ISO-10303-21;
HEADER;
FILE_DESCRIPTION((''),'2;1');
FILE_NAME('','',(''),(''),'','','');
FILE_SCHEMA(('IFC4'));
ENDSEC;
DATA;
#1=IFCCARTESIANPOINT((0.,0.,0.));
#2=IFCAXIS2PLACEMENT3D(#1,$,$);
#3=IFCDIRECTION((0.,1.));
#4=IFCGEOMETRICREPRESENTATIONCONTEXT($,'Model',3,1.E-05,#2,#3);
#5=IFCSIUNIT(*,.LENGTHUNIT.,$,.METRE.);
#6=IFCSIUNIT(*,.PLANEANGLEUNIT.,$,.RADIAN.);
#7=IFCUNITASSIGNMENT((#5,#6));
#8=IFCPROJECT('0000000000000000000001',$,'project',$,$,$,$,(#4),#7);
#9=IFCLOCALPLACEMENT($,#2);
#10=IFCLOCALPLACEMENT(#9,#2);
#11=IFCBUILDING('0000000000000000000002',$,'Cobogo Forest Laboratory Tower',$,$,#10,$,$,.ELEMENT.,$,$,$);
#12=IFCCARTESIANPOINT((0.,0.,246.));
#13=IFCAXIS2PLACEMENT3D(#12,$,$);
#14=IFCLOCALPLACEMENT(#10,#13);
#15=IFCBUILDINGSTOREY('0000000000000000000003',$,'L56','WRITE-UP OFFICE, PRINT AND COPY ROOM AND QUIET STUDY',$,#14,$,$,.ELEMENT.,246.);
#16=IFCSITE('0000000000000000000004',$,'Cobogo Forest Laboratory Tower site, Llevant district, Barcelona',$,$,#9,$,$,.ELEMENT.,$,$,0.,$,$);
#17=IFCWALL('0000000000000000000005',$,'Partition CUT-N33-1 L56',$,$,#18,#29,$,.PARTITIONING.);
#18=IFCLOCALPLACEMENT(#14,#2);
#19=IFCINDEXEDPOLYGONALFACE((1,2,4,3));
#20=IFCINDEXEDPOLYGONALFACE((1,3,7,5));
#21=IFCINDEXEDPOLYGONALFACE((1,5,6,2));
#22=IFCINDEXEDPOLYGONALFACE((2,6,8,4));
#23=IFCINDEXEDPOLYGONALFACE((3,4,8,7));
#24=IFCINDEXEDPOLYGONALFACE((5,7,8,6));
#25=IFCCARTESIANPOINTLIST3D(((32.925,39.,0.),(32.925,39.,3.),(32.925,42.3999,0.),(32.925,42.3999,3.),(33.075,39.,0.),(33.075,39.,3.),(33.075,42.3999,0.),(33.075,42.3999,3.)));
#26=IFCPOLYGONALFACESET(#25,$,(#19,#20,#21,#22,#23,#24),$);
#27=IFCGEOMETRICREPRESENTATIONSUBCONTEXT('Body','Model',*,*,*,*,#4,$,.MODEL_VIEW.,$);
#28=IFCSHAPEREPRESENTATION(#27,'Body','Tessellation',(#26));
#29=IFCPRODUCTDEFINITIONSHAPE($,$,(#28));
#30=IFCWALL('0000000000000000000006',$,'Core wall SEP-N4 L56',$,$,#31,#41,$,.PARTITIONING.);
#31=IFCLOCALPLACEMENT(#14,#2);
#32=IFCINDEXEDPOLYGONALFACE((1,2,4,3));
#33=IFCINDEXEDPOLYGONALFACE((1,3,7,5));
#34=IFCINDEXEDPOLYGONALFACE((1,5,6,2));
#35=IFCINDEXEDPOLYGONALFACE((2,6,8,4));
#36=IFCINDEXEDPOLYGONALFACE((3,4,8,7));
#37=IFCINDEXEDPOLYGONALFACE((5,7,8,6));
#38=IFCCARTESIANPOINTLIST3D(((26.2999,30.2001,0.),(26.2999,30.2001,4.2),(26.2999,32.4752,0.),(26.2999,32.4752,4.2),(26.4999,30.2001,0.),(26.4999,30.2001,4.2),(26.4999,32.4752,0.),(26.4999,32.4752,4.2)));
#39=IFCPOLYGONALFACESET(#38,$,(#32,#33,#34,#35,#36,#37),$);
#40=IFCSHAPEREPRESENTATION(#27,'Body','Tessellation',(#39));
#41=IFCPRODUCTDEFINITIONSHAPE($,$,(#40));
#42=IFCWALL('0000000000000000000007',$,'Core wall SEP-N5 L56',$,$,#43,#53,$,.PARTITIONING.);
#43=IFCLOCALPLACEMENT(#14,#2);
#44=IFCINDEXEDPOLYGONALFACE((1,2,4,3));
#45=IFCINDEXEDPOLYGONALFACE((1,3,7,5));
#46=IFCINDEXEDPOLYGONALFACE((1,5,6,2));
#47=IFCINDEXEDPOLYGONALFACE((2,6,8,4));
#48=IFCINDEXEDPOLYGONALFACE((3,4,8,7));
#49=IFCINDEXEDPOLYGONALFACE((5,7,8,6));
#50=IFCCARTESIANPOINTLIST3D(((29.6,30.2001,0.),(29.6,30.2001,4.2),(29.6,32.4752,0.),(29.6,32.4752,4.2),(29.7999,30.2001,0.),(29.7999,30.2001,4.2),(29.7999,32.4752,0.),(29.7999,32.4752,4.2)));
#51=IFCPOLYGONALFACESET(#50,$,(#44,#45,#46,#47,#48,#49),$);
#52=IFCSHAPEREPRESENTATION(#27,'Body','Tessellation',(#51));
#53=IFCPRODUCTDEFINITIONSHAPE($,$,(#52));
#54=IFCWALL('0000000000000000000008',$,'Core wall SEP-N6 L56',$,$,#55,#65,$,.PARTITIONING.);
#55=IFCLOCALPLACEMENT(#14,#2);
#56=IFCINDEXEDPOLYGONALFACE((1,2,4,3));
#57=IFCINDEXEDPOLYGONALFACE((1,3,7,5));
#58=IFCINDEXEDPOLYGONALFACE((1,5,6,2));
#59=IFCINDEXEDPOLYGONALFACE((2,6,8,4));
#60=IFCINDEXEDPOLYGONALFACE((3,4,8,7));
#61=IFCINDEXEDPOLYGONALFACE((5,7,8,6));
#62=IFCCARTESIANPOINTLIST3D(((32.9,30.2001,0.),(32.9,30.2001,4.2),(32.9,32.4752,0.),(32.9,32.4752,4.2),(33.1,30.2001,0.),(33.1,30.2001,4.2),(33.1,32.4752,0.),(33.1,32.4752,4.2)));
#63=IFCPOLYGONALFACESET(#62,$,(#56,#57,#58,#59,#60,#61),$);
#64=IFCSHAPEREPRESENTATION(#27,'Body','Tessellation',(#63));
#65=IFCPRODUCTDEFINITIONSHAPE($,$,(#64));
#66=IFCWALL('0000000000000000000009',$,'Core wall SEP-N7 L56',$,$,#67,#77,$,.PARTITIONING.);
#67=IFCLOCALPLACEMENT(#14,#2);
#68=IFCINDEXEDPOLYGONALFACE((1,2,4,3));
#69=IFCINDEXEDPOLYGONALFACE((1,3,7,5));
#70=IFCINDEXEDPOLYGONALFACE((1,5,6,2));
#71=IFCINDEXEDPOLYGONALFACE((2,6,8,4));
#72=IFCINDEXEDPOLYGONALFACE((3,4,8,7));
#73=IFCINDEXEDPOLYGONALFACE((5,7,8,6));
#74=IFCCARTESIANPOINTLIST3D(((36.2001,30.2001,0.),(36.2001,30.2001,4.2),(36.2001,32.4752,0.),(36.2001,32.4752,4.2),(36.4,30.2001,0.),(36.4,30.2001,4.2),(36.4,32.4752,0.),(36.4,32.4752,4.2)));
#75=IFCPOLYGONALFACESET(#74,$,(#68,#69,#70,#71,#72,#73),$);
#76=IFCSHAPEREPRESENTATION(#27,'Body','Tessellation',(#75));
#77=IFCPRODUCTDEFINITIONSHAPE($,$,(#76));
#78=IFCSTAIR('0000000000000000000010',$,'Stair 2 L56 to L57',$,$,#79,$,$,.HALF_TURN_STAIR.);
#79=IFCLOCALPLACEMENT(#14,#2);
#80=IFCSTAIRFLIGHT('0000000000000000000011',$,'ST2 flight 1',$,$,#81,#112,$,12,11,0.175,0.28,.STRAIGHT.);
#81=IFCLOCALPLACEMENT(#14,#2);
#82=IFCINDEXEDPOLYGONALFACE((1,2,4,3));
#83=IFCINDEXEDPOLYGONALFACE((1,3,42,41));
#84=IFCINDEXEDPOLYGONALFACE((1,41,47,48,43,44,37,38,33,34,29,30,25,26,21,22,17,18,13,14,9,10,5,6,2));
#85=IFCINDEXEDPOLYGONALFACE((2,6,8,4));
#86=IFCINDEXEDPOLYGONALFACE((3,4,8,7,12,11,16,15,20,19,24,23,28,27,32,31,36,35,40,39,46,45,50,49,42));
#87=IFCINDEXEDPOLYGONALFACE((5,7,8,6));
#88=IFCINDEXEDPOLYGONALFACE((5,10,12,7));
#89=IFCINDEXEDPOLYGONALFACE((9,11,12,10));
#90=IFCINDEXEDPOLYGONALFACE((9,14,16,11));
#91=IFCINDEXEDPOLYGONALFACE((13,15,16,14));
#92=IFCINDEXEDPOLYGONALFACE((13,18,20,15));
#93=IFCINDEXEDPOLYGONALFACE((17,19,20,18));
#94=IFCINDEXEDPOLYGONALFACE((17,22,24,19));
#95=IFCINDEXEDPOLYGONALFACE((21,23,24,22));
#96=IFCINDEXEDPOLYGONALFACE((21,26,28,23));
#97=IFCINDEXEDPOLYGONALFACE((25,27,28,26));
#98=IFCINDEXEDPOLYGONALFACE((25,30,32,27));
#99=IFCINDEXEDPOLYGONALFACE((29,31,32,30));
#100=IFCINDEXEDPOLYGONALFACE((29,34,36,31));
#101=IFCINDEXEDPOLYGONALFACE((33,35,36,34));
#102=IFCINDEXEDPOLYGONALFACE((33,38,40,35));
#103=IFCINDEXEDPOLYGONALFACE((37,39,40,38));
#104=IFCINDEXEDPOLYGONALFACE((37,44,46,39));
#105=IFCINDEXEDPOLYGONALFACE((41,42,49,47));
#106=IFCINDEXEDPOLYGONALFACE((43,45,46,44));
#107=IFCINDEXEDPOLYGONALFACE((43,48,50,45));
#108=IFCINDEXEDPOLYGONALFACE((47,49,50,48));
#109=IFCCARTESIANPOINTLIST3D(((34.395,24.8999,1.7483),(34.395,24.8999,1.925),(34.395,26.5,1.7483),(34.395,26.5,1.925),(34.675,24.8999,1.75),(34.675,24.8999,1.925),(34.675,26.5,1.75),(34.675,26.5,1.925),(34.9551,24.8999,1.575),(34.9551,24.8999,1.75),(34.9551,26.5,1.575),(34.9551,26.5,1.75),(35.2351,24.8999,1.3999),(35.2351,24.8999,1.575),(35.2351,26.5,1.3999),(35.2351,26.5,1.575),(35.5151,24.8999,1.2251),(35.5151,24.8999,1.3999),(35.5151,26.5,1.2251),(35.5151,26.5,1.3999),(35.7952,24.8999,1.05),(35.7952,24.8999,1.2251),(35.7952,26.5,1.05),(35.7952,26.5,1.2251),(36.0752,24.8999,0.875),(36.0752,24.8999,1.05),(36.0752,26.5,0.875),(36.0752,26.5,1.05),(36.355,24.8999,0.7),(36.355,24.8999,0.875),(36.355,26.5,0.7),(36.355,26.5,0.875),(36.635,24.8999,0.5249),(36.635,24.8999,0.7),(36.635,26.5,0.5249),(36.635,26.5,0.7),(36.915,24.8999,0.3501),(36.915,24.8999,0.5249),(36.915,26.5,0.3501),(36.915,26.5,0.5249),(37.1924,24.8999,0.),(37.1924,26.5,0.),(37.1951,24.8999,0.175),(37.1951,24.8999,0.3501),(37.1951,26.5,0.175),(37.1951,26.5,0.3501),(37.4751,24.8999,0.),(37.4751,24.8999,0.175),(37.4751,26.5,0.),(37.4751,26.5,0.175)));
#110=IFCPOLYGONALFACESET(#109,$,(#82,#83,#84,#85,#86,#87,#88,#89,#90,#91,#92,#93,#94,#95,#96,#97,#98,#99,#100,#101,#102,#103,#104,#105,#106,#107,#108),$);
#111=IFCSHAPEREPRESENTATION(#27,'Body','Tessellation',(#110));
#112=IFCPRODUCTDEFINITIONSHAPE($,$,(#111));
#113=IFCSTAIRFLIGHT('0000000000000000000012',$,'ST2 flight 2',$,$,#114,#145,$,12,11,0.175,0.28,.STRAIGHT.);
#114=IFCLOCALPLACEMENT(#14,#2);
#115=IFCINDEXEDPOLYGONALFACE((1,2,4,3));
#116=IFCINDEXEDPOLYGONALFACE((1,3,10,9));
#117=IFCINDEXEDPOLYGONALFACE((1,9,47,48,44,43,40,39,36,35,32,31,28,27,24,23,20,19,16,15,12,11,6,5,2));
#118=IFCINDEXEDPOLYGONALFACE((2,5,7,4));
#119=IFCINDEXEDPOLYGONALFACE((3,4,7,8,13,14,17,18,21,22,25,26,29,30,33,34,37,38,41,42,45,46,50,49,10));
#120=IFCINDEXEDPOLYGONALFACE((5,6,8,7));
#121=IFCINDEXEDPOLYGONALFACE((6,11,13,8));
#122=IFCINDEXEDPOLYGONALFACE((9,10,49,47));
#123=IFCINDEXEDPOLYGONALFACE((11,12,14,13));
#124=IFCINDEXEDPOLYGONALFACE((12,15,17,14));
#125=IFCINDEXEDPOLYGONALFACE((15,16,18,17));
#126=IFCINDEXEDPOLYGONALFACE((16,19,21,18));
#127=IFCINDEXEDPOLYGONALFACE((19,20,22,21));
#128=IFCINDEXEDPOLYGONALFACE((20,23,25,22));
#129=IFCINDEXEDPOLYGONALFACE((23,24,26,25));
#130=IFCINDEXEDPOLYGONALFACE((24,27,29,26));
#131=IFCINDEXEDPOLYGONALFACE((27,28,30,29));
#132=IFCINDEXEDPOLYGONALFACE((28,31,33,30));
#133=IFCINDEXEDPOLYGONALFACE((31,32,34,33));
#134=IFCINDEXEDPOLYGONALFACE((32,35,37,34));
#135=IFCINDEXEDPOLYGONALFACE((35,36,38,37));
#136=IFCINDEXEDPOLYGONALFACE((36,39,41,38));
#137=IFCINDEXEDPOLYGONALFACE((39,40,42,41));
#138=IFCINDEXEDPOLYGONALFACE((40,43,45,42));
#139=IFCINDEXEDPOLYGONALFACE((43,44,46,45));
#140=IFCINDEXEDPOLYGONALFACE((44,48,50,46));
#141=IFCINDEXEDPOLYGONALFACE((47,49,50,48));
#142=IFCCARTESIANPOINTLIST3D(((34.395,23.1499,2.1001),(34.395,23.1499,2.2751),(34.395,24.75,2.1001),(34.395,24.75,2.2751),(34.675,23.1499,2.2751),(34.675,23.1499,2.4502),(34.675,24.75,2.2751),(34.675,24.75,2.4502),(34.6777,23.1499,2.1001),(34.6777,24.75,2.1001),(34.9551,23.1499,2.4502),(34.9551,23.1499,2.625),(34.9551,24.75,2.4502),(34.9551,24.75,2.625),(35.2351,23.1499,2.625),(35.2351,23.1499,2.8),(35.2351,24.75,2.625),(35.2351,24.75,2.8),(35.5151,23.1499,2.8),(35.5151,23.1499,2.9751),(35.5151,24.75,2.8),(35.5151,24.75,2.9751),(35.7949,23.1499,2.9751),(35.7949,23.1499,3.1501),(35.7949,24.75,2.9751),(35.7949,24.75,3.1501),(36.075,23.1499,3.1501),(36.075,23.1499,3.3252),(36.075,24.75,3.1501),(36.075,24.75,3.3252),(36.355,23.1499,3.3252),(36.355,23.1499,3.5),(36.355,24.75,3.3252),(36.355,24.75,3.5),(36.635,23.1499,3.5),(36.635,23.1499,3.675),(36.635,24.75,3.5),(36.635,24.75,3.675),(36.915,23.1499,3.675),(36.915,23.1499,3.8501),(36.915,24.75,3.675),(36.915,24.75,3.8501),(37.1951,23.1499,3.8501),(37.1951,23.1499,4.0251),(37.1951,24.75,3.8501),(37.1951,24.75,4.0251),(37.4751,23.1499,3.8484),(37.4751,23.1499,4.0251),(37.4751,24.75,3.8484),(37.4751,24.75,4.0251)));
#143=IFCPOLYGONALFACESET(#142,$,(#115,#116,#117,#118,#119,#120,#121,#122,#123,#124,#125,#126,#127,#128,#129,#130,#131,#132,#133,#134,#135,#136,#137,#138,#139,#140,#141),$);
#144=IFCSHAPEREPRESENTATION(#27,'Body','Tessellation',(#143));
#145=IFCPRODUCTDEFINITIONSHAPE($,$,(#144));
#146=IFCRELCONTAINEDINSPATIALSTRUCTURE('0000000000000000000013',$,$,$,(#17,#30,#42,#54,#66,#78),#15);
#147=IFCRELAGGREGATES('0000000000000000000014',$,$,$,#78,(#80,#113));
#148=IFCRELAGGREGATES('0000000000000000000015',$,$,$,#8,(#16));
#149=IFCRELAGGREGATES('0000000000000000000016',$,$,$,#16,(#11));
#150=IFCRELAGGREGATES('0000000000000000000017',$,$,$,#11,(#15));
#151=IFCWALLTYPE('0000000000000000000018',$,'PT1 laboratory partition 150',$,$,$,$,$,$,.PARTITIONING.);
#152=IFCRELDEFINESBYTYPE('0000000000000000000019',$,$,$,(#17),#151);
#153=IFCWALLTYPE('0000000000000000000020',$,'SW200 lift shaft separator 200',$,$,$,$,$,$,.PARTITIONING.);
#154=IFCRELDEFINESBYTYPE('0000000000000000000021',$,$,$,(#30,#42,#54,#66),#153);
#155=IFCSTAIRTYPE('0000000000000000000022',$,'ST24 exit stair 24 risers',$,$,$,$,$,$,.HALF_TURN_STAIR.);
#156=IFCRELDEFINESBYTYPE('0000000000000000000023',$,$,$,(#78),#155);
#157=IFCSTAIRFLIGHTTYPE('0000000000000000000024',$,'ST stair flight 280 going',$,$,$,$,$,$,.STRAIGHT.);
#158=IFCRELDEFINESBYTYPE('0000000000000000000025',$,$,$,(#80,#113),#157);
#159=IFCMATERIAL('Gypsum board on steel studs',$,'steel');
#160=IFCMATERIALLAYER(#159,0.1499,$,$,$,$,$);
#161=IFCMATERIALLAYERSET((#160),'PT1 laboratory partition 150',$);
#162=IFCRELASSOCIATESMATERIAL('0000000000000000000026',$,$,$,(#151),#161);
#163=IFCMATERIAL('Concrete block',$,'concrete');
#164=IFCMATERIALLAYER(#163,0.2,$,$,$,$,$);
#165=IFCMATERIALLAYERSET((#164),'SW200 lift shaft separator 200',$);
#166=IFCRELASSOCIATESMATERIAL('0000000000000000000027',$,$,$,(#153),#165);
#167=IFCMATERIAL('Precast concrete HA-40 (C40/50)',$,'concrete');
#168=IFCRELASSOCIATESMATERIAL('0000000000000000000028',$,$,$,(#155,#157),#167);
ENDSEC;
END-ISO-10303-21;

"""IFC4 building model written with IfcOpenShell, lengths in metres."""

from ifc_helpers import new_model, si_unit, direction, frame, frame_2d, origin, place, context, subcontext, project, spatial, polyline, rectangle, outline, extrude, material, layer, layer_set, type_object, element, aggregate, save


model = new_model("IFC4")

# Units and contexts
model_context = context("Model", 3, precision=1e-05, world=origin(), true_north=direction((0.0, 1.0)))
body_context = subcontext(model_context, "Body", "Model", "MODEL_VIEW")
ifc_project = project(units=[si_unit("LENGTHUNIT", "METRE"), si_unit("PLANEANGLEUNIT", "RADIAN")], contexts=[model_context])

# Site, building, storey
site_placement = place(None, origin())
site = spatial("IfcSite", under=ifc_project, at=site_placement, Name="Cobogo Forest Laboratory Tower site, Llevant district, Barcelona", CompositionType="ELEMENT", RefElevation=0.0)
building_placement = place(site_placement, origin())
building = spatial("IfcBuilding", under=site, at=building_placement, Name="Cobogo Forest Laboratory Tower", CompositionType="ELEMENT")
storey_placement = place(building_placement, frame((0.0, 0.0, 246.0)))
storey = spatial("IfcBuildingStorey", under=building, at=storey_placement, Name="L56", Description="WRITE-UP OFFICE, PRINT AND COPY ROOM AND QUIET STUDY", CompositionType="ELEMENT", Elevation=246.0)

# Walls
ifc_material_1 = material(Name="Gypsum board on steel studs", Category="steel")
ifc_layer_1 = layer(ifc_material_1, 0.1499)
ifc_layer_set_1 = layer_set([ifc_layer_1], Name="PT1 laboratory partition 150")
wall_type_1 = type_object("IfcWallType", Name="PT1 laboratory partition 150", PredefinedType="PARTITIONING", material=ifc_layer_set_1)
wall_1_placement = place(storey_placement, frame((33.0, 42.3999, 0.0), z_axis=(0.0, 0.0, 1.0), x_axis=(0.0, -1.0, 0.0)))
element("IfcWall", 1, at=wall_1_placement, inside=storey, type_object=wall_type_1, Name="Partition CUT-N33-1 L56", PredefinedType="PARTITIONING", context=body_context, shape_type="SweptSolid", body=[
    extrude(rectangle(XDim=3.3999, YDim=0.1499, at=frame_2d((1.7, 0.0))), origin(), (0.0, 0.0, 1.0), 3.0),
])
ifc_material_2 = material(Name="Concrete block", Category="concrete")
ifc_layer_2 = layer(ifc_material_2, 0.2)
ifc_layer_set_2 = layer_set([ifc_layer_2], Name="SW200 lift shaft separator 200")
wall_type_2 = type_object("IfcWallType", Name="SW200 lift shaft separator 200", PredefinedType="PARTITIONING", material=ifc_layer_set_2)
for number, where, z_axis, x_axis, name in (
    (2, (26.3999, 30.2, 0.0), (0.0, 0.0, 1.0), (0.0, 1.0, 0.0), "Core wall SEP-N4 L56"),
    (3, (29.7, 30.2, 0.0), (0.0, 0.0, 1.0), (0.0, 1.0, 0.0), "Core wall SEP-N5 L56"),
    (4, (33.0, 30.2, 0.0), (0.0, 0.0, 1.0), (0.0, 1.0, 0.0), "Core wall SEP-N6 L56"),
    (5, (36.3, 30.2, 0.0), (0.0, 0.0, 1.0), (0.0, 1.0, 0.0), "Core wall SEP-N7 L56"),
):
    element("IfcWall", number, at=place(storey_placement, frame(where, z_axis=z_axis, x_axis=x_axis)), inside=storey, type_object=wall_type_2, Name=name, PredefinedType="PARTITIONING", context=body_context, shape_type="SweptSolid", body=[
        extrude(rectangle(XDim=2.2751, YDim=0.2, at=frame_2d((1.1377, 0.0))), origin(), (0.0, 0.0, 1.0), 4.2),
    ])

# Stair, stair flights
ifc_material_3 = material(Name="Precast concrete HA-40 (C40/50)", Category="concrete")
stair_type = type_object("IfcStairType", Name="ST24 exit stair 24 risers", PredefinedType="HALF_TURN_STAIR", material=ifc_material_3)
stair_placement = place(storey_placement, origin())
stair = element("IfcStair", 6, at=stair_placement, inside=storey, type_object=stair_type, Name="Stair 2 L56 to L57", PredefinedType="HALF_TURN_STAIR")
stair_flight_type = type_object("IfcStairFlightType", Name="ST stair flight 280 going", PredefinedType="STRAIGHT", material=ifc_material_3)
stair_flight_1_placement = place(storey_placement, frame((37.4751, 25.7, 0.0), z_axis=(0.0, 0.0, 1.0), x_axis=(-1.0, 0.0, 0.0)))
stair_flight_1 = element("IfcStairFlight", 7, at=stair_flight_1_placement, type_object=stair_flight_type, Name="ST2 flight 1", NumberOfRisers=12, NumberOfTreads=11, PredefinedType="STRAIGHT", RiserHeight=0.175, TreadLength=0.28, context=body_context, shape_type="SweptSolid", body=[
    extrude(outline(polyline([(0.0, 0.0), (0.0, 0.175), (0.28, 0.175), (0.28, 0.3501), (0.5601, 0.3501), (0.5601, 0.5249), (0.8401, 0.5249), (0.8401, 0.7), (1.1201, 0.7), (1.1201, 0.875), (1.3999, 0.875), (1.3999, 1.05), (1.6799, 1.05), (1.6799, 1.2251), (1.96, 1.2251), (1.96, 1.3999), (2.24, 1.3999), (2.24, 1.575), (2.52, 1.575), (2.52, 1.75), (2.8, 1.75), (2.8, 1.925), (3.0801, 1.925), (3.0801, 2.1001), (3.0801, 1.7483), (0.2827, 0.0), (0.0, 0.0)])), frame((0.0, 0.8, 0.0), z_axis=(0.0, -1.0, 0.0), x_axis=(1.0, 0.0, 0.0)), (0.0, 0.0, 1.0), 1.6001),
])
stair_flight_2_placement = place(storey_placement, frame((34.395, 23.95, 2.1001), z_axis=(0.0, 0.0, 1.0), x_axis=(1.0, 0.0, 0.0)))
stair_flight_2 = element("IfcStairFlight", 8, at=stair_flight_2_placement, type_object=stair_flight_type, Name="ST2 flight 2", NumberOfRisers=12, NumberOfTreads=11, PredefinedType="STRAIGHT", RiserHeight=0.175, TreadLength=0.28, context=body_context, shape_type="SweptSolid", body=[
    extrude(outline(polyline([(0.0, 0.0), (0.0, 0.175), (0.28, 0.175), (0.28, 0.3501), (0.5601, 0.3501), (0.5601, 0.5249), (0.8401, 0.5249), (0.8401, 0.7), (1.1201, 0.7), (1.1201, 0.875), (1.3999, 0.875), (1.3999, 1.05), (1.6799, 1.05), (1.6799, 1.2251), (1.96, 1.2251), (1.96, 1.3999), (2.24, 1.3999), (2.24, 1.575), (2.52, 1.575), (2.52, 1.75), (2.8, 1.75), (2.8, 1.925), (3.0801, 1.925), (3.0801, 2.1001), (3.0801, 1.7483), (0.2827, 0.0), (0.0, 0.0)])), frame((0.0, 0.8, 0.0), z_axis=(0.0, -1.0, 0.0), x_axis=(1.0, 0.0, 0.0)), (0.0, 0.0, 1.0), 1.6001),
])
aggregate(stair, [stair_flight_1, stair_flight_2])

save(model, "model.ifc")
